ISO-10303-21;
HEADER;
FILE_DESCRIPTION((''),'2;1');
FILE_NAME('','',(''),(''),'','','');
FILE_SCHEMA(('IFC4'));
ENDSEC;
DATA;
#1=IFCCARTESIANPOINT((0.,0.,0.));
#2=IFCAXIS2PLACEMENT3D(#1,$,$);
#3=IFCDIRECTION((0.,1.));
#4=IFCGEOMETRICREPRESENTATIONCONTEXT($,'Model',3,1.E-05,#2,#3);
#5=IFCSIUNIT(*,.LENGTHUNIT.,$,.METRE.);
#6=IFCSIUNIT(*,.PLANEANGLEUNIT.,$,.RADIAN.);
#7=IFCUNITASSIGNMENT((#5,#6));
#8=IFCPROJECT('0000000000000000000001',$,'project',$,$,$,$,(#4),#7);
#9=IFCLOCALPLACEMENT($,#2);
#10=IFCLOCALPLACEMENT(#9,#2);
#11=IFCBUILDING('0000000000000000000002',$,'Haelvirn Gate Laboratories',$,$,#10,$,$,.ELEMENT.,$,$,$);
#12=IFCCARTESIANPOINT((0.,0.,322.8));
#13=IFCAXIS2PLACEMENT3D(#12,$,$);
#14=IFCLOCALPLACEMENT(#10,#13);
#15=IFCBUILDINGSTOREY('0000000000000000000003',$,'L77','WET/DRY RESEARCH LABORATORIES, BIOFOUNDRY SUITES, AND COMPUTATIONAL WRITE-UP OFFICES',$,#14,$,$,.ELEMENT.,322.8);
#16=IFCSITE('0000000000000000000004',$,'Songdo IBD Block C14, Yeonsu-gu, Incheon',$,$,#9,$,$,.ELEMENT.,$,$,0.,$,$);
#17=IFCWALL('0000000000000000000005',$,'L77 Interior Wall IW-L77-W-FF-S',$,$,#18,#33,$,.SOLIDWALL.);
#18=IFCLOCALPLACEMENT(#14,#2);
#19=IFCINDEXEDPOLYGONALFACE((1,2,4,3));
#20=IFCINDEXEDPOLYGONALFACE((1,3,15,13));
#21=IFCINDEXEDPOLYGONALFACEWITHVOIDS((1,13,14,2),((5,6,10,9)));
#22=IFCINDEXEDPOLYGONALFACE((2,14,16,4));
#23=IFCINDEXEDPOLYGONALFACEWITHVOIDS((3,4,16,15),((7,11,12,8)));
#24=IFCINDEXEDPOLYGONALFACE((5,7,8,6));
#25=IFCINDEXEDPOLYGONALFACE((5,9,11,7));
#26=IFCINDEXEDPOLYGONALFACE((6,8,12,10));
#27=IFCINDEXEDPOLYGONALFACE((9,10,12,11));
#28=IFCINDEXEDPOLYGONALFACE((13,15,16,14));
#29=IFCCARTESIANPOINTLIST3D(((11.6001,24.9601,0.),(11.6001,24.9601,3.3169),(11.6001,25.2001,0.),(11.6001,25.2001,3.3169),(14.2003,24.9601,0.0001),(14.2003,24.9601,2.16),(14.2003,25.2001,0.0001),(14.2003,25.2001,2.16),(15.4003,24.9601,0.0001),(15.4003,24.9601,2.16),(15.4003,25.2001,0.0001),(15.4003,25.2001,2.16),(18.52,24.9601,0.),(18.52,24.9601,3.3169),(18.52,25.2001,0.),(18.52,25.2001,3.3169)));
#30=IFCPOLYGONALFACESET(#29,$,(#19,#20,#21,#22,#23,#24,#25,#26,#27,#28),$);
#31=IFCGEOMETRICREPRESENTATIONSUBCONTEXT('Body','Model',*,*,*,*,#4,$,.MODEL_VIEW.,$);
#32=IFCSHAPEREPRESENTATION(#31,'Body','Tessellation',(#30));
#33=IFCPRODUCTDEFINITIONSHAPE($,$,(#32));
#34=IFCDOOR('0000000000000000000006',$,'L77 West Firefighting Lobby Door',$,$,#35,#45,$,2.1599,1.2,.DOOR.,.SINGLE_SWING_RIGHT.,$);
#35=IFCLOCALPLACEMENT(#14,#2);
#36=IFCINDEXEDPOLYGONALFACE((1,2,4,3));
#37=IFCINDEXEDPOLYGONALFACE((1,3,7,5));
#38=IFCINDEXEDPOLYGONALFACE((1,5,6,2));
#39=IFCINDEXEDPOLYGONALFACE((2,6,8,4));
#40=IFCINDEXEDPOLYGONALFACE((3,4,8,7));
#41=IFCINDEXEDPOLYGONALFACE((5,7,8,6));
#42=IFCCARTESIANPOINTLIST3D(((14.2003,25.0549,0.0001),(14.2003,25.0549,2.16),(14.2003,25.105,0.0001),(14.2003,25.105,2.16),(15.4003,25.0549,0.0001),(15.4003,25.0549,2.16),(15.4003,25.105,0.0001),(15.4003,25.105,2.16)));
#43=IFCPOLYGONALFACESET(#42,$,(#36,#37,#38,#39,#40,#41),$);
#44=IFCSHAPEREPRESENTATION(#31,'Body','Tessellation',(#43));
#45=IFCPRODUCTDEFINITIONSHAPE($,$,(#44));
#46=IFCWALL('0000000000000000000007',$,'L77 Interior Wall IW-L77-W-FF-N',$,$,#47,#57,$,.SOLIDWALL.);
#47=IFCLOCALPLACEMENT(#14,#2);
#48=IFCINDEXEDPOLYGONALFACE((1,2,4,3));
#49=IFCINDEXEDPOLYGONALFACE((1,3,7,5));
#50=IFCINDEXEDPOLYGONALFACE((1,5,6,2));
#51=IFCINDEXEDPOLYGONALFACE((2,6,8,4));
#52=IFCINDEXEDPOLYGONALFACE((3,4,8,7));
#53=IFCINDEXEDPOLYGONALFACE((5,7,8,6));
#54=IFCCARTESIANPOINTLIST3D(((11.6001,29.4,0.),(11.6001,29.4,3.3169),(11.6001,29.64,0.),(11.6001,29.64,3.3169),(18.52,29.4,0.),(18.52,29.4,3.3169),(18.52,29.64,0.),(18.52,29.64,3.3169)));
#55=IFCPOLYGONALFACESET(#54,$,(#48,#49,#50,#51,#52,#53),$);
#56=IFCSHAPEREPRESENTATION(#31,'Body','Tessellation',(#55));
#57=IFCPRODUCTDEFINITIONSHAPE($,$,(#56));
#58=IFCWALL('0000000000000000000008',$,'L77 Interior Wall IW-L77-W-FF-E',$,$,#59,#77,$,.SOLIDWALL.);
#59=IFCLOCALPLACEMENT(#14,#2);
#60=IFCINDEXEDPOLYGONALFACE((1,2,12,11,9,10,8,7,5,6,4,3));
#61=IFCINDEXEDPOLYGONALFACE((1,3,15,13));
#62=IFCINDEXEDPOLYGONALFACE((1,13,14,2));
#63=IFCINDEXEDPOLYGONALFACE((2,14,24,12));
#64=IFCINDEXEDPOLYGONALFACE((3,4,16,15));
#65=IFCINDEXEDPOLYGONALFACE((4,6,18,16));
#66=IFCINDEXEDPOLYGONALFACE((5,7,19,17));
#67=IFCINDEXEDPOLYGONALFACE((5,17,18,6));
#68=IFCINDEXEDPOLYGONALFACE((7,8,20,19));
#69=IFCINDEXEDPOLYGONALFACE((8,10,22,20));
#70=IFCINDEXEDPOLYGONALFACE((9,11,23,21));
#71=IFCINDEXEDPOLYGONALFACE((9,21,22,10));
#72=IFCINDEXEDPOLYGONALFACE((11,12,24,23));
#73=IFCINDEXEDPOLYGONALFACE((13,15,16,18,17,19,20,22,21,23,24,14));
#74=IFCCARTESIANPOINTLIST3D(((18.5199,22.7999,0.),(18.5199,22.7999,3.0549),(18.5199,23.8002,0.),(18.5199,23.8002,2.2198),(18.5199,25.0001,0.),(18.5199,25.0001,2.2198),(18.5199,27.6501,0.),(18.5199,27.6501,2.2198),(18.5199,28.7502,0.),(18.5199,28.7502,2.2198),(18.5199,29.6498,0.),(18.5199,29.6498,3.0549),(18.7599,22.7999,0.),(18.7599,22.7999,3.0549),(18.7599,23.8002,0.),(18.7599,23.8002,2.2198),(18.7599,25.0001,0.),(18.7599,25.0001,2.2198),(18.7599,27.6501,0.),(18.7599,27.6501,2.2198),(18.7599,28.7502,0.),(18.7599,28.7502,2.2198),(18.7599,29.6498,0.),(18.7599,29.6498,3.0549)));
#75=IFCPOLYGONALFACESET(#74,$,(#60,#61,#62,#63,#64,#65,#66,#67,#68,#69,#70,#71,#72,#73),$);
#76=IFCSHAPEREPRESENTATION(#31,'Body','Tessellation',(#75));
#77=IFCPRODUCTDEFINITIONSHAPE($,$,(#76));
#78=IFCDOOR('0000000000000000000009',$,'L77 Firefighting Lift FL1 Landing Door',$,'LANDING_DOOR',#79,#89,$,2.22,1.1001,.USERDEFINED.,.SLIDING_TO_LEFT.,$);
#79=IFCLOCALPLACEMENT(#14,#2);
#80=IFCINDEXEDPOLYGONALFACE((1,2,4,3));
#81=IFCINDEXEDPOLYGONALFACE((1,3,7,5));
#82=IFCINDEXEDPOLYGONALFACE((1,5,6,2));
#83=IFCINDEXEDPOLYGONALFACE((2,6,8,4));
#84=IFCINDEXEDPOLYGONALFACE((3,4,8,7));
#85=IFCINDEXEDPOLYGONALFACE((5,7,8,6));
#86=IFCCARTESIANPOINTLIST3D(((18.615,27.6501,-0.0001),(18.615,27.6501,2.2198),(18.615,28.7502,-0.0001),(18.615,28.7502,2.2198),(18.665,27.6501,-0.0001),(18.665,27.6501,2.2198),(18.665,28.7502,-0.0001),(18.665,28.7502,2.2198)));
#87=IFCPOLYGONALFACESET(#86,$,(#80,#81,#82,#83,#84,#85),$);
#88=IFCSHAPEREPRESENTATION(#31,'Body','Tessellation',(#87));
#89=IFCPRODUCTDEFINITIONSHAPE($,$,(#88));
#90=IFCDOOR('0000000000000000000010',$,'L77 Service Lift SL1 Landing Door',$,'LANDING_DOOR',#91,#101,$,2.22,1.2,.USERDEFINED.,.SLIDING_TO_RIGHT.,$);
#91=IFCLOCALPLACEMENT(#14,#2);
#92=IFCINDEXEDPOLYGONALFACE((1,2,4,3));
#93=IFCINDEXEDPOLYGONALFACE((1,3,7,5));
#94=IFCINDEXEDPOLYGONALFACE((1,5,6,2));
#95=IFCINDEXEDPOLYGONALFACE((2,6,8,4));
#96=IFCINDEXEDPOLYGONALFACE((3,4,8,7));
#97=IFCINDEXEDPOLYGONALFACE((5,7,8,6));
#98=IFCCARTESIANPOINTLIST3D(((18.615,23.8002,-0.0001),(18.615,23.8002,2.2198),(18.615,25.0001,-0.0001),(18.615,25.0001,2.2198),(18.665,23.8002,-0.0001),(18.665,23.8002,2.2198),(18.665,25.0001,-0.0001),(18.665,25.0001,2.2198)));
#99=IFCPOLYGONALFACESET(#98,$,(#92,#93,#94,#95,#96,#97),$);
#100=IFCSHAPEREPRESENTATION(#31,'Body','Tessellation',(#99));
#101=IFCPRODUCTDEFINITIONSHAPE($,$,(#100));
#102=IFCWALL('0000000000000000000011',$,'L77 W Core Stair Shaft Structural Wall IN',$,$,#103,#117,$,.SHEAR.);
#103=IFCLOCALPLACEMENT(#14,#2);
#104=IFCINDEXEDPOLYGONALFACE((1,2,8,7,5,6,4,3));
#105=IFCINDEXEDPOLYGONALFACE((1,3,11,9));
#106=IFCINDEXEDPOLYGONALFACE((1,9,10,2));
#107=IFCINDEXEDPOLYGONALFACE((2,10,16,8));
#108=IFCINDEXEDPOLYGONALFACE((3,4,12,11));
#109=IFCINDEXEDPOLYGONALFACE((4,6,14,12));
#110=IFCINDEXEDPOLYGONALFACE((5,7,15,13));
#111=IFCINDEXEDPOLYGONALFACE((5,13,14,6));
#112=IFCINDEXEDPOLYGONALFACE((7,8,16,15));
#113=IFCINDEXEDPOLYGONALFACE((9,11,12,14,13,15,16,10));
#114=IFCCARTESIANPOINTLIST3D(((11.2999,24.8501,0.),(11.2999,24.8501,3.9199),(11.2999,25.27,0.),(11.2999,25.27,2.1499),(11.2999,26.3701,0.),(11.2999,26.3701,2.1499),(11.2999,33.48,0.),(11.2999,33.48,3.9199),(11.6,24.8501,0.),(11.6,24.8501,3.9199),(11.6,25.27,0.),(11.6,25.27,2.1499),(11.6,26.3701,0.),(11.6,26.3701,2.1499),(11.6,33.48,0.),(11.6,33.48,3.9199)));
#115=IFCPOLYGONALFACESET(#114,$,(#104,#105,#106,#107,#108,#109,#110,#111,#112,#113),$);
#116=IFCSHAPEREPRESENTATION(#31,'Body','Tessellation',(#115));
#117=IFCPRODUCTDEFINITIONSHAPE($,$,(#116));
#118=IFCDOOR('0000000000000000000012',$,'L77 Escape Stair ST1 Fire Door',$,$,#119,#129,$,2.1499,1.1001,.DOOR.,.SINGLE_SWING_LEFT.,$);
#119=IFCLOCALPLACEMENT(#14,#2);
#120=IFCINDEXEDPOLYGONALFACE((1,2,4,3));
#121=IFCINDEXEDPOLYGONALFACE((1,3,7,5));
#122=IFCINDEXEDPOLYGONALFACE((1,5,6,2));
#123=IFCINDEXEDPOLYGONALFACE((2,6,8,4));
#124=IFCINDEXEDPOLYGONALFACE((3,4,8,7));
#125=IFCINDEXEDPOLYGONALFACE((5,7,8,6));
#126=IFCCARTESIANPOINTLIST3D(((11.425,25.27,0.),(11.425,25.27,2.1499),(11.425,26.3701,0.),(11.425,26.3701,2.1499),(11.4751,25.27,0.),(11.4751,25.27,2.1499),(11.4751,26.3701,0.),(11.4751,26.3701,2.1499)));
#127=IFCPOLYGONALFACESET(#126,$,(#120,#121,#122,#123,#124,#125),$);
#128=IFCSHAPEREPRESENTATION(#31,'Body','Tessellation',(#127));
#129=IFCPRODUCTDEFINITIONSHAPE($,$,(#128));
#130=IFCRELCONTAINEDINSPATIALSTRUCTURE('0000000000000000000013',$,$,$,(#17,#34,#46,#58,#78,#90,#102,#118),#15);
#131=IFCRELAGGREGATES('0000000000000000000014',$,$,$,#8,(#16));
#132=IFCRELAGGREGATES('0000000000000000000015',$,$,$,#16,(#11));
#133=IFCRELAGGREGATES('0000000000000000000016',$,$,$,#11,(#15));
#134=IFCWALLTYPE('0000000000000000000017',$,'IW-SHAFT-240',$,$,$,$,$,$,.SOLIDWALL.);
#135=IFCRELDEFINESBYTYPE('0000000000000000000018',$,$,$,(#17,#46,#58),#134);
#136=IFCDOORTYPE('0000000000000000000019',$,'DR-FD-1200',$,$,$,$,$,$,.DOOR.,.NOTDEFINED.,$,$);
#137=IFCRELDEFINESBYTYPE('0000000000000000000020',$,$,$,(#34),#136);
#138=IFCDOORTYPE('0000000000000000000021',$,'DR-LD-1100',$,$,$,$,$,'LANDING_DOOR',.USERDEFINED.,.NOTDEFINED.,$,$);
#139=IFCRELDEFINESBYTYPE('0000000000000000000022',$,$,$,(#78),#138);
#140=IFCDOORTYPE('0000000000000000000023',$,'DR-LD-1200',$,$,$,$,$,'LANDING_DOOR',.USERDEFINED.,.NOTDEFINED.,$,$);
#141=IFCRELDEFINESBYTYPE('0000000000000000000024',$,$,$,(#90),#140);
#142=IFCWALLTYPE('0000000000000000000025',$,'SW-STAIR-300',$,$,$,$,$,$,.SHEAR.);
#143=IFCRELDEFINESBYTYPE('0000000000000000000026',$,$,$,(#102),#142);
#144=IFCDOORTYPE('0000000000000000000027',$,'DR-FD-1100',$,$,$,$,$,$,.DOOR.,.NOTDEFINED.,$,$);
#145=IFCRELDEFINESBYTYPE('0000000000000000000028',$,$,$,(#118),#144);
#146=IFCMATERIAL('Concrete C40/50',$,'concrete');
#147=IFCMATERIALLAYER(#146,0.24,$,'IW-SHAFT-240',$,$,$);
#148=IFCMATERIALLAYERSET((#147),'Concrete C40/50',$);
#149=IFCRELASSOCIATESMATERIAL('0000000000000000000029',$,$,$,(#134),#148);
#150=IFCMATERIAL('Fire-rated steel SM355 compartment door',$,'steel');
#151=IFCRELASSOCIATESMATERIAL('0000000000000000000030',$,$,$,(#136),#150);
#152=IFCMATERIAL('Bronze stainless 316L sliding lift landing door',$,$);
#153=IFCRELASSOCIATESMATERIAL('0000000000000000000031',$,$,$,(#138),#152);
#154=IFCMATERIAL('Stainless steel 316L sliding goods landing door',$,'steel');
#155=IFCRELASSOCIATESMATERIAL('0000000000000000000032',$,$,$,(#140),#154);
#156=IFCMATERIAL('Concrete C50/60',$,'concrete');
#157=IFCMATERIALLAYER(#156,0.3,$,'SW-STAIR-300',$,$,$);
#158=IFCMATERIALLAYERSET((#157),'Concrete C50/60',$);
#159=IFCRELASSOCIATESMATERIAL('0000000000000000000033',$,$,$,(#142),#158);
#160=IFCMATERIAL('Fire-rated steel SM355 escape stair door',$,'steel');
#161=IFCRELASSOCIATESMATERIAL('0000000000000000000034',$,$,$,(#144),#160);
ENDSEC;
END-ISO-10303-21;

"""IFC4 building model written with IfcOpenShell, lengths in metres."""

from ifc_helpers import new_model, si_unit, direction, frame, frame_2d, origin, place, context, subcontext, project, spatial, rectangle, extrude, source, transform, mapped, material, layer, layer_set, type_object, type_shapes, element, fill, save


model = new_model("IFC4")

# Units and contexts
model_context = context("Model", 3, precision=1e-05, world=origin(), true_north=direction((0.0, 1.0)))
body_context = subcontext(model_context, "Body", "Model", "MODEL_VIEW")
ifc_project = project(units=[si_unit("LENGTHUNIT", "METRE"), si_unit("PLANEANGLEUNIT", "RADIAN")], contexts=[model_context])

# Site, building, storey
site_placement = place(None, origin())
site = spatial("IfcSite", under=ifc_project, at=site_placement, Name="Songdo IBD Block C14, Yeonsu-gu, Incheon", CompositionType="ELEMENT", RefElevation=0.0)
building_placement = place(site_placement, origin())
building = spatial("IfcBuilding", under=site, at=building_placement, Name="Haelvirn Gate Laboratories", CompositionType="ELEMENT")
storey_placement = place(building_placement, frame((0.0, 0.0, 322.8)))
storey = spatial("IfcBuildingStorey", under=building, at=storey_placement, Name="L77", Description="WET/DRY RESEARCH LABORATORIES, BIOFOUNDRY SUITES, AND COMPUTATIONAL WRITE-UP OFFICES", CompositionType="ELEMENT", Elevation=322.8)

# Shared definitions
ifc_material_1 = material(Name="Concrete C40/50", Category="concrete")

# Wall, opening, door
ifc_layer_1 = layer(ifc_material_1, 0.24, Name="IW-SHAFT-240")
ifc_layer_set_1 = layer_set([ifc_layer_1], Name="Concrete C40/50")
wall_type_1 = type_object("IfcWallType", Name="IW-SHAFT-240", PredefinedType="SOLIDWALL", material=ifc_layer_set_1)
wall_1_placement = place(storey_placement, frame((11.6001, 25.0801, 0.0), z_axis=(0.0, 0.0, 1.0), x_axis=(1.0, 0.0, 0.0)))
wall_1 = element("IfcWall", 1, at=wall_1_placement, inside=storey, type_object=wall_type_1, Name="L77 Interior Wall IW-L77-W-FF-S", PredefinedType="SOLIDWALL", context=body_context, shape_type="SweptSolid", body=[
    extrude(rectangle(XDim=6.9199, YDim=0.24, at=frame_2d((3.46, 0.0))), origin(), (0.0, 0.0, 1.0), 3.3169),
])
opening_1_placement = place(wall_1_placement, frame((2.6001, 0.0, 0.0)))
opening_1 = element("IfcOpeningElement", 2, at=opening_1_placement, cuts=wall_1, PredefinedType="OPENING", context=body_context, shape_type="SweptSolid", body=[
    extrude(rectangle(XDim=1.2, YDim=2.1599, at=frame_2d((0.6001, 1.0801))), frame((0.0, 0.1299, 0.0), z_axis=(0.0, -1.0, 0.0), x_axis=(1.0, 0.0, 0.0)), (0.0, 0.0, 1.0), 0.26),
])
ifc_material_2 = material(Name="Fire-rated steel SM355 compartment door", Category="steel")
door_type_1 = type_object("IfcDoorType", Name="DR-FD-1200", OperationType="NOTDEFINED", PredefinedType="DOOR", material=ifc_material_2)
shared_shape_1 = source(origin(), body_context, "Body", "SweptSolid", [
    extrude(rectangle(XDim=1.2, YDim=2.1599, at=frame_2d((0.6001, 1.0801))), frame((0.0, 0.0249, 0.0), z_axis=(0.0, -1.0, 0.0), x_axis=(1.0, 0.0, 0.0)), (0.0, 0.0, 1.0), 0.05),
])
type_shapes(door_type_1, [shared_shape_1])
door_1_placement = place(opening_1_placement, origin())
door_1 = element("IfcDoor", 3, at=door_1_placement, inside=storey, type_object=door_type_1, Name="L77 West Firefighting Lobby Door", OperationType="SINGLE_SWING_RIGHT", OverallHeight=2.1599, OverallWidth=1.2, PredefinedType="DOOR", context=body_context, shape_type="MappedRepresentation", body=[
    mapped(shared_shape_1, transform((0.0, 0.0, 0.0), scale=1.0)),
])
fill(opening_1, door_1)

# Wall
wall_2_placement = place(storey_placement, frame((11.6001, 29.52, 0.0), z_axis=(0.0, 0.0, 1.0), x_axis=(1.0, 0.0, 0.0)))
element("IfcWall", 4, at=wall_2_placement, inside=storey, type_object=wall_type_1, Name="L77 Interior Wall IW-L77-W-FF-N", PredefinedType="SOLIDWALL", context=body_context, shape_type="SweptSolid", body=[
    extrude(rectangle(XDim=6.9199, YDim=0.24, at=frame_2d((3.46, 0.0))), origin(), (0.0, 0.0, 1.0), 3.3169),
])

# Wall, openings, doors
wall_3_placement = place(storey_placement, frame((18.6399, 22.8, 0.0), z_axis=(0.0, 0.0, 1.0), x_axis=(0.0, 1.0, 0.0)))
wall_3 = element("IfcWall", 5, at=wall_3_placement, inside=storey, type_object=wall_type_1, Name="L77 Interior Wall IW-L77-W-FF-E", PredefinedType="SOLIDWALL", context=body_context, shape_type="SweptSolid", body=[
    extrude(rectangle(XDim=6.8499, YDim=0.24, at=frame_2d((3.4248, 0.0))), origin(), (0.0, 0.0, 1.0), 3.0549),
])
opening_2_placement = place(wall_3_placement, frame((4.8501, 0.0, 0.0)))
opening_2 = element("IfcOpeningElement", 6, at=opening_2_placement, cuts=wall_3, PredefinedType="OPENING", context=body_context, shape_type="SweptSolid", body=[
    extrude(rectangle(XDim=1.1001, YDim=2.22, at=frame_2d((0.55, 1.1099))), frame((0.0, 0.1299, 0.0), z_axis=(0.0, -1.0, 0.0), x_axis=(1.0, 0.0, 0.0)), (0.0, 0.0, 1.0), 0.26),
])
opening_3_placement = place(wall_3_placement, frame((1.0, 0.0, 0.0)))
opening_3 = element("IfcOpeningElement", 7, at=opening_3_placement, cuts=wall_3, PredefinedType="OPENING", context=body_context, shape_type="SweptSolid", body=[
    extrude(rectangle(XDim=1.2, YDim=2.22, at=frame_2d((0.6001, 1.1099))), frame((0.0, 0.1299, 0.0), z_axis=(0.0, -1.0, 0.0), x_axis=(1.0, 0.0, 0.0)), (0.0, 0.0, 1.0), 0.26),
])
ifc_material_3 = material(Name="Bronze stainless 316L sliding lift landing door")
door_type_2 = type_object("IfcDoorType", Name="DR-LD-1100", ElementType="LANDING_DOOR", OperationType="NOTDEFINED", PredefinedType="USERDEFINED", material=ifc_material_3)
shared_shape_2 = source(origin(), body_context, "Body", "SweptSolid", [
    extrude(rectangle(XDim=1.1001, YDim=2.22, at=frame_2d((0.55, 1.1099))), frame((0.0, 0.0249, 0.0), z_axis=(0.0, -1.0, 0.0), x_axis=(1.0, 0.0, 0.0)), (0.0, 0.0, 1.0), 0.05),
])
type_shapes(door_type_2, [shared_shape_2])
door_2_placement = place(opening_2_placement, origin())
door_2 = element("IfcDoor", 8, at=door_2_placement, inside=storey, type_object=door_type_2, Name="L77 Firefighting Lift FL1 Landing Door", ObjectType="LANDING_DOOR", OperationType="SLIDING_TO_LEFT", OverallHeight=2.22, OverallWidth=1.1001, PredefinedType="USERDEFINED", context=body_context, shape_type="MappedRepresentation", body=[
    mapped(shared_shape_2, transform((0.0, 0.0, 0.0), scale=1.0)),
])
fill(opening_2, door_2)
ifc_material_4 = material(Name="Stainless steel 316L sliding goods landing door", Category="steel")
door_type_3 = type_object("IfcDoorType", Name="DR-LD-1200", ElementType="LANDING_DOOR", OperationType="NOTDEFINED", PredefinedType="USERDEFINED", material=ifc_material_4)
shared_shape_3 = source(origin(), body_context, "Body", "SweptSolid", [
    extrude(rectangle(XDim=1.2, YDim=2.22, at=frame_2d((0.6001, 1.1099))), frame((0.0, 0.0249, 0.0), z_axis=(0.0, -1.0, 0.0), x_axis=(1.0, 0.0, 0.0)), (0.0, 0.0, 1.0), 0.05),
])
type_shapes(door_type_3, [shared_shape_3])
door_3_placement = place(opening_3_placement, origin())
door_3 = element("IfcDoor", 9, at=door_3_placement, inside=storey, type_object=door_type_3, Name="L77 Service Lift SL1 Landing Door", ObjectType="LANDING_DOOR", OperationType="SLIDING_TO_RIGHT", OverallHeight=2.22, OverallWidth=1.2, PredefinedType="USERDEFINED", context=body_context, shape_type="MappedRepresentation", body=[
    mapped(shared_shape_3, transform((0.0, 0.0, 0.0), scale=1.0)),
])
fill(opening_3, door_3)

# Wall, opening, door
ifc_material_5 = material(Name="Concrete C50/60", Category="concrete")
ifc_layer_2 = layer(ifc_material_5, 0.3, Name="SW-STAIR-300")
ifc_layer_set_2 = layer_set([ifc_layer_2], Name="Concrete C50/60")
wall_type_2 = type_object("IfcWallType", Name="SW-STAIR-300", PredefinedType="SHEAR", material=ifc_layer_set_2)
wall_4_placement = place(storey_placement, frame((11.45, 24.8501, 0.0), z_axis=(0.0, 0.0, 1.0), x_axis=(0.0, 1.0, 0.0)))
wall_4 = element("IfcWall", 10, at=wall_4_placement, inside=storey, type_object=wall_type_2, Name="L77 W Core Stair Shaft Structural Wall IN", PredefinedType="SHEAR", context=body_context, shape_type="SweptSolid", body=[
    extrude(rectangle(XDim=8.6299, YDim=0.3, at=frame_2d((4.3149, 0.0))), origin(), (0.0, 0.0, 1.0), 3.9199),
])
opening_4_placement = place(wall_4_placement, frame((0.4199, 0.0, 0.0)))
opening_4 = element("IfcOpeningElement", 11, at=opening_4_placement, cuts=wall_4, PredefinedType="OPENING", context=body_context, shape_type="SweptSolid", body=[
    extrude(rectangle(XDim=1.1001, YDim=2.1499, at=frame_2d((0.55, 1.075))), frame((0.0, 0.1602, 0.0), z_axis=(0.0, -1.0, 0.0), x_axis=(1.0, 0.0, 0.0)), (0.0, 0.0, 1.0), 0.3201),
])
ifc_material_6 = material(Name="Fire-rated steel SM355 escape stair door", Category="steel")
door_type_4 = type_object("IfcDoorType", Name="DR-FD-1100", OperationType="NOTDEFINED", PredefinedType="DOOR", material=ifc_material_6)
shared_shape_4 = source(origin(), body_context, "Body", "SweptSolid", [
    extrude(rectangle(XDim=1.1001, YDim=2.1499, at=frame_2d((0.55, 1.075))), frame((0.0, 0.0249, 0.0), z_axis=(0.0, -1.0, 0.0), x_axis=(1.0, 0.0, 0.0)), (0.0, 0.0, 1.0), 0.05),
])
type_shapes(door_type_4, [shared_shape_4])
door_4_placement = place(opening_4_placement, origin())
door_4 = element("IfcDoor", 12, at=door_4_placement, inside=storey, type_object=door_type_4, Name="L77 Escape Stair ST1 Fire Door", OperationType="SINGLE_SWING_LEFT", OverallHeight=2.1499, OverallWidth=1.1001, PredefinedType="DOOR", context=body_context, shape_type="MappedRepresentation", body=[
    mapped(shared_shape_4, transform((0.0, 0.0, 0.0), scale=1.0)),
])
fill(opening_4, door_4)

save(model, "model.ifc")
